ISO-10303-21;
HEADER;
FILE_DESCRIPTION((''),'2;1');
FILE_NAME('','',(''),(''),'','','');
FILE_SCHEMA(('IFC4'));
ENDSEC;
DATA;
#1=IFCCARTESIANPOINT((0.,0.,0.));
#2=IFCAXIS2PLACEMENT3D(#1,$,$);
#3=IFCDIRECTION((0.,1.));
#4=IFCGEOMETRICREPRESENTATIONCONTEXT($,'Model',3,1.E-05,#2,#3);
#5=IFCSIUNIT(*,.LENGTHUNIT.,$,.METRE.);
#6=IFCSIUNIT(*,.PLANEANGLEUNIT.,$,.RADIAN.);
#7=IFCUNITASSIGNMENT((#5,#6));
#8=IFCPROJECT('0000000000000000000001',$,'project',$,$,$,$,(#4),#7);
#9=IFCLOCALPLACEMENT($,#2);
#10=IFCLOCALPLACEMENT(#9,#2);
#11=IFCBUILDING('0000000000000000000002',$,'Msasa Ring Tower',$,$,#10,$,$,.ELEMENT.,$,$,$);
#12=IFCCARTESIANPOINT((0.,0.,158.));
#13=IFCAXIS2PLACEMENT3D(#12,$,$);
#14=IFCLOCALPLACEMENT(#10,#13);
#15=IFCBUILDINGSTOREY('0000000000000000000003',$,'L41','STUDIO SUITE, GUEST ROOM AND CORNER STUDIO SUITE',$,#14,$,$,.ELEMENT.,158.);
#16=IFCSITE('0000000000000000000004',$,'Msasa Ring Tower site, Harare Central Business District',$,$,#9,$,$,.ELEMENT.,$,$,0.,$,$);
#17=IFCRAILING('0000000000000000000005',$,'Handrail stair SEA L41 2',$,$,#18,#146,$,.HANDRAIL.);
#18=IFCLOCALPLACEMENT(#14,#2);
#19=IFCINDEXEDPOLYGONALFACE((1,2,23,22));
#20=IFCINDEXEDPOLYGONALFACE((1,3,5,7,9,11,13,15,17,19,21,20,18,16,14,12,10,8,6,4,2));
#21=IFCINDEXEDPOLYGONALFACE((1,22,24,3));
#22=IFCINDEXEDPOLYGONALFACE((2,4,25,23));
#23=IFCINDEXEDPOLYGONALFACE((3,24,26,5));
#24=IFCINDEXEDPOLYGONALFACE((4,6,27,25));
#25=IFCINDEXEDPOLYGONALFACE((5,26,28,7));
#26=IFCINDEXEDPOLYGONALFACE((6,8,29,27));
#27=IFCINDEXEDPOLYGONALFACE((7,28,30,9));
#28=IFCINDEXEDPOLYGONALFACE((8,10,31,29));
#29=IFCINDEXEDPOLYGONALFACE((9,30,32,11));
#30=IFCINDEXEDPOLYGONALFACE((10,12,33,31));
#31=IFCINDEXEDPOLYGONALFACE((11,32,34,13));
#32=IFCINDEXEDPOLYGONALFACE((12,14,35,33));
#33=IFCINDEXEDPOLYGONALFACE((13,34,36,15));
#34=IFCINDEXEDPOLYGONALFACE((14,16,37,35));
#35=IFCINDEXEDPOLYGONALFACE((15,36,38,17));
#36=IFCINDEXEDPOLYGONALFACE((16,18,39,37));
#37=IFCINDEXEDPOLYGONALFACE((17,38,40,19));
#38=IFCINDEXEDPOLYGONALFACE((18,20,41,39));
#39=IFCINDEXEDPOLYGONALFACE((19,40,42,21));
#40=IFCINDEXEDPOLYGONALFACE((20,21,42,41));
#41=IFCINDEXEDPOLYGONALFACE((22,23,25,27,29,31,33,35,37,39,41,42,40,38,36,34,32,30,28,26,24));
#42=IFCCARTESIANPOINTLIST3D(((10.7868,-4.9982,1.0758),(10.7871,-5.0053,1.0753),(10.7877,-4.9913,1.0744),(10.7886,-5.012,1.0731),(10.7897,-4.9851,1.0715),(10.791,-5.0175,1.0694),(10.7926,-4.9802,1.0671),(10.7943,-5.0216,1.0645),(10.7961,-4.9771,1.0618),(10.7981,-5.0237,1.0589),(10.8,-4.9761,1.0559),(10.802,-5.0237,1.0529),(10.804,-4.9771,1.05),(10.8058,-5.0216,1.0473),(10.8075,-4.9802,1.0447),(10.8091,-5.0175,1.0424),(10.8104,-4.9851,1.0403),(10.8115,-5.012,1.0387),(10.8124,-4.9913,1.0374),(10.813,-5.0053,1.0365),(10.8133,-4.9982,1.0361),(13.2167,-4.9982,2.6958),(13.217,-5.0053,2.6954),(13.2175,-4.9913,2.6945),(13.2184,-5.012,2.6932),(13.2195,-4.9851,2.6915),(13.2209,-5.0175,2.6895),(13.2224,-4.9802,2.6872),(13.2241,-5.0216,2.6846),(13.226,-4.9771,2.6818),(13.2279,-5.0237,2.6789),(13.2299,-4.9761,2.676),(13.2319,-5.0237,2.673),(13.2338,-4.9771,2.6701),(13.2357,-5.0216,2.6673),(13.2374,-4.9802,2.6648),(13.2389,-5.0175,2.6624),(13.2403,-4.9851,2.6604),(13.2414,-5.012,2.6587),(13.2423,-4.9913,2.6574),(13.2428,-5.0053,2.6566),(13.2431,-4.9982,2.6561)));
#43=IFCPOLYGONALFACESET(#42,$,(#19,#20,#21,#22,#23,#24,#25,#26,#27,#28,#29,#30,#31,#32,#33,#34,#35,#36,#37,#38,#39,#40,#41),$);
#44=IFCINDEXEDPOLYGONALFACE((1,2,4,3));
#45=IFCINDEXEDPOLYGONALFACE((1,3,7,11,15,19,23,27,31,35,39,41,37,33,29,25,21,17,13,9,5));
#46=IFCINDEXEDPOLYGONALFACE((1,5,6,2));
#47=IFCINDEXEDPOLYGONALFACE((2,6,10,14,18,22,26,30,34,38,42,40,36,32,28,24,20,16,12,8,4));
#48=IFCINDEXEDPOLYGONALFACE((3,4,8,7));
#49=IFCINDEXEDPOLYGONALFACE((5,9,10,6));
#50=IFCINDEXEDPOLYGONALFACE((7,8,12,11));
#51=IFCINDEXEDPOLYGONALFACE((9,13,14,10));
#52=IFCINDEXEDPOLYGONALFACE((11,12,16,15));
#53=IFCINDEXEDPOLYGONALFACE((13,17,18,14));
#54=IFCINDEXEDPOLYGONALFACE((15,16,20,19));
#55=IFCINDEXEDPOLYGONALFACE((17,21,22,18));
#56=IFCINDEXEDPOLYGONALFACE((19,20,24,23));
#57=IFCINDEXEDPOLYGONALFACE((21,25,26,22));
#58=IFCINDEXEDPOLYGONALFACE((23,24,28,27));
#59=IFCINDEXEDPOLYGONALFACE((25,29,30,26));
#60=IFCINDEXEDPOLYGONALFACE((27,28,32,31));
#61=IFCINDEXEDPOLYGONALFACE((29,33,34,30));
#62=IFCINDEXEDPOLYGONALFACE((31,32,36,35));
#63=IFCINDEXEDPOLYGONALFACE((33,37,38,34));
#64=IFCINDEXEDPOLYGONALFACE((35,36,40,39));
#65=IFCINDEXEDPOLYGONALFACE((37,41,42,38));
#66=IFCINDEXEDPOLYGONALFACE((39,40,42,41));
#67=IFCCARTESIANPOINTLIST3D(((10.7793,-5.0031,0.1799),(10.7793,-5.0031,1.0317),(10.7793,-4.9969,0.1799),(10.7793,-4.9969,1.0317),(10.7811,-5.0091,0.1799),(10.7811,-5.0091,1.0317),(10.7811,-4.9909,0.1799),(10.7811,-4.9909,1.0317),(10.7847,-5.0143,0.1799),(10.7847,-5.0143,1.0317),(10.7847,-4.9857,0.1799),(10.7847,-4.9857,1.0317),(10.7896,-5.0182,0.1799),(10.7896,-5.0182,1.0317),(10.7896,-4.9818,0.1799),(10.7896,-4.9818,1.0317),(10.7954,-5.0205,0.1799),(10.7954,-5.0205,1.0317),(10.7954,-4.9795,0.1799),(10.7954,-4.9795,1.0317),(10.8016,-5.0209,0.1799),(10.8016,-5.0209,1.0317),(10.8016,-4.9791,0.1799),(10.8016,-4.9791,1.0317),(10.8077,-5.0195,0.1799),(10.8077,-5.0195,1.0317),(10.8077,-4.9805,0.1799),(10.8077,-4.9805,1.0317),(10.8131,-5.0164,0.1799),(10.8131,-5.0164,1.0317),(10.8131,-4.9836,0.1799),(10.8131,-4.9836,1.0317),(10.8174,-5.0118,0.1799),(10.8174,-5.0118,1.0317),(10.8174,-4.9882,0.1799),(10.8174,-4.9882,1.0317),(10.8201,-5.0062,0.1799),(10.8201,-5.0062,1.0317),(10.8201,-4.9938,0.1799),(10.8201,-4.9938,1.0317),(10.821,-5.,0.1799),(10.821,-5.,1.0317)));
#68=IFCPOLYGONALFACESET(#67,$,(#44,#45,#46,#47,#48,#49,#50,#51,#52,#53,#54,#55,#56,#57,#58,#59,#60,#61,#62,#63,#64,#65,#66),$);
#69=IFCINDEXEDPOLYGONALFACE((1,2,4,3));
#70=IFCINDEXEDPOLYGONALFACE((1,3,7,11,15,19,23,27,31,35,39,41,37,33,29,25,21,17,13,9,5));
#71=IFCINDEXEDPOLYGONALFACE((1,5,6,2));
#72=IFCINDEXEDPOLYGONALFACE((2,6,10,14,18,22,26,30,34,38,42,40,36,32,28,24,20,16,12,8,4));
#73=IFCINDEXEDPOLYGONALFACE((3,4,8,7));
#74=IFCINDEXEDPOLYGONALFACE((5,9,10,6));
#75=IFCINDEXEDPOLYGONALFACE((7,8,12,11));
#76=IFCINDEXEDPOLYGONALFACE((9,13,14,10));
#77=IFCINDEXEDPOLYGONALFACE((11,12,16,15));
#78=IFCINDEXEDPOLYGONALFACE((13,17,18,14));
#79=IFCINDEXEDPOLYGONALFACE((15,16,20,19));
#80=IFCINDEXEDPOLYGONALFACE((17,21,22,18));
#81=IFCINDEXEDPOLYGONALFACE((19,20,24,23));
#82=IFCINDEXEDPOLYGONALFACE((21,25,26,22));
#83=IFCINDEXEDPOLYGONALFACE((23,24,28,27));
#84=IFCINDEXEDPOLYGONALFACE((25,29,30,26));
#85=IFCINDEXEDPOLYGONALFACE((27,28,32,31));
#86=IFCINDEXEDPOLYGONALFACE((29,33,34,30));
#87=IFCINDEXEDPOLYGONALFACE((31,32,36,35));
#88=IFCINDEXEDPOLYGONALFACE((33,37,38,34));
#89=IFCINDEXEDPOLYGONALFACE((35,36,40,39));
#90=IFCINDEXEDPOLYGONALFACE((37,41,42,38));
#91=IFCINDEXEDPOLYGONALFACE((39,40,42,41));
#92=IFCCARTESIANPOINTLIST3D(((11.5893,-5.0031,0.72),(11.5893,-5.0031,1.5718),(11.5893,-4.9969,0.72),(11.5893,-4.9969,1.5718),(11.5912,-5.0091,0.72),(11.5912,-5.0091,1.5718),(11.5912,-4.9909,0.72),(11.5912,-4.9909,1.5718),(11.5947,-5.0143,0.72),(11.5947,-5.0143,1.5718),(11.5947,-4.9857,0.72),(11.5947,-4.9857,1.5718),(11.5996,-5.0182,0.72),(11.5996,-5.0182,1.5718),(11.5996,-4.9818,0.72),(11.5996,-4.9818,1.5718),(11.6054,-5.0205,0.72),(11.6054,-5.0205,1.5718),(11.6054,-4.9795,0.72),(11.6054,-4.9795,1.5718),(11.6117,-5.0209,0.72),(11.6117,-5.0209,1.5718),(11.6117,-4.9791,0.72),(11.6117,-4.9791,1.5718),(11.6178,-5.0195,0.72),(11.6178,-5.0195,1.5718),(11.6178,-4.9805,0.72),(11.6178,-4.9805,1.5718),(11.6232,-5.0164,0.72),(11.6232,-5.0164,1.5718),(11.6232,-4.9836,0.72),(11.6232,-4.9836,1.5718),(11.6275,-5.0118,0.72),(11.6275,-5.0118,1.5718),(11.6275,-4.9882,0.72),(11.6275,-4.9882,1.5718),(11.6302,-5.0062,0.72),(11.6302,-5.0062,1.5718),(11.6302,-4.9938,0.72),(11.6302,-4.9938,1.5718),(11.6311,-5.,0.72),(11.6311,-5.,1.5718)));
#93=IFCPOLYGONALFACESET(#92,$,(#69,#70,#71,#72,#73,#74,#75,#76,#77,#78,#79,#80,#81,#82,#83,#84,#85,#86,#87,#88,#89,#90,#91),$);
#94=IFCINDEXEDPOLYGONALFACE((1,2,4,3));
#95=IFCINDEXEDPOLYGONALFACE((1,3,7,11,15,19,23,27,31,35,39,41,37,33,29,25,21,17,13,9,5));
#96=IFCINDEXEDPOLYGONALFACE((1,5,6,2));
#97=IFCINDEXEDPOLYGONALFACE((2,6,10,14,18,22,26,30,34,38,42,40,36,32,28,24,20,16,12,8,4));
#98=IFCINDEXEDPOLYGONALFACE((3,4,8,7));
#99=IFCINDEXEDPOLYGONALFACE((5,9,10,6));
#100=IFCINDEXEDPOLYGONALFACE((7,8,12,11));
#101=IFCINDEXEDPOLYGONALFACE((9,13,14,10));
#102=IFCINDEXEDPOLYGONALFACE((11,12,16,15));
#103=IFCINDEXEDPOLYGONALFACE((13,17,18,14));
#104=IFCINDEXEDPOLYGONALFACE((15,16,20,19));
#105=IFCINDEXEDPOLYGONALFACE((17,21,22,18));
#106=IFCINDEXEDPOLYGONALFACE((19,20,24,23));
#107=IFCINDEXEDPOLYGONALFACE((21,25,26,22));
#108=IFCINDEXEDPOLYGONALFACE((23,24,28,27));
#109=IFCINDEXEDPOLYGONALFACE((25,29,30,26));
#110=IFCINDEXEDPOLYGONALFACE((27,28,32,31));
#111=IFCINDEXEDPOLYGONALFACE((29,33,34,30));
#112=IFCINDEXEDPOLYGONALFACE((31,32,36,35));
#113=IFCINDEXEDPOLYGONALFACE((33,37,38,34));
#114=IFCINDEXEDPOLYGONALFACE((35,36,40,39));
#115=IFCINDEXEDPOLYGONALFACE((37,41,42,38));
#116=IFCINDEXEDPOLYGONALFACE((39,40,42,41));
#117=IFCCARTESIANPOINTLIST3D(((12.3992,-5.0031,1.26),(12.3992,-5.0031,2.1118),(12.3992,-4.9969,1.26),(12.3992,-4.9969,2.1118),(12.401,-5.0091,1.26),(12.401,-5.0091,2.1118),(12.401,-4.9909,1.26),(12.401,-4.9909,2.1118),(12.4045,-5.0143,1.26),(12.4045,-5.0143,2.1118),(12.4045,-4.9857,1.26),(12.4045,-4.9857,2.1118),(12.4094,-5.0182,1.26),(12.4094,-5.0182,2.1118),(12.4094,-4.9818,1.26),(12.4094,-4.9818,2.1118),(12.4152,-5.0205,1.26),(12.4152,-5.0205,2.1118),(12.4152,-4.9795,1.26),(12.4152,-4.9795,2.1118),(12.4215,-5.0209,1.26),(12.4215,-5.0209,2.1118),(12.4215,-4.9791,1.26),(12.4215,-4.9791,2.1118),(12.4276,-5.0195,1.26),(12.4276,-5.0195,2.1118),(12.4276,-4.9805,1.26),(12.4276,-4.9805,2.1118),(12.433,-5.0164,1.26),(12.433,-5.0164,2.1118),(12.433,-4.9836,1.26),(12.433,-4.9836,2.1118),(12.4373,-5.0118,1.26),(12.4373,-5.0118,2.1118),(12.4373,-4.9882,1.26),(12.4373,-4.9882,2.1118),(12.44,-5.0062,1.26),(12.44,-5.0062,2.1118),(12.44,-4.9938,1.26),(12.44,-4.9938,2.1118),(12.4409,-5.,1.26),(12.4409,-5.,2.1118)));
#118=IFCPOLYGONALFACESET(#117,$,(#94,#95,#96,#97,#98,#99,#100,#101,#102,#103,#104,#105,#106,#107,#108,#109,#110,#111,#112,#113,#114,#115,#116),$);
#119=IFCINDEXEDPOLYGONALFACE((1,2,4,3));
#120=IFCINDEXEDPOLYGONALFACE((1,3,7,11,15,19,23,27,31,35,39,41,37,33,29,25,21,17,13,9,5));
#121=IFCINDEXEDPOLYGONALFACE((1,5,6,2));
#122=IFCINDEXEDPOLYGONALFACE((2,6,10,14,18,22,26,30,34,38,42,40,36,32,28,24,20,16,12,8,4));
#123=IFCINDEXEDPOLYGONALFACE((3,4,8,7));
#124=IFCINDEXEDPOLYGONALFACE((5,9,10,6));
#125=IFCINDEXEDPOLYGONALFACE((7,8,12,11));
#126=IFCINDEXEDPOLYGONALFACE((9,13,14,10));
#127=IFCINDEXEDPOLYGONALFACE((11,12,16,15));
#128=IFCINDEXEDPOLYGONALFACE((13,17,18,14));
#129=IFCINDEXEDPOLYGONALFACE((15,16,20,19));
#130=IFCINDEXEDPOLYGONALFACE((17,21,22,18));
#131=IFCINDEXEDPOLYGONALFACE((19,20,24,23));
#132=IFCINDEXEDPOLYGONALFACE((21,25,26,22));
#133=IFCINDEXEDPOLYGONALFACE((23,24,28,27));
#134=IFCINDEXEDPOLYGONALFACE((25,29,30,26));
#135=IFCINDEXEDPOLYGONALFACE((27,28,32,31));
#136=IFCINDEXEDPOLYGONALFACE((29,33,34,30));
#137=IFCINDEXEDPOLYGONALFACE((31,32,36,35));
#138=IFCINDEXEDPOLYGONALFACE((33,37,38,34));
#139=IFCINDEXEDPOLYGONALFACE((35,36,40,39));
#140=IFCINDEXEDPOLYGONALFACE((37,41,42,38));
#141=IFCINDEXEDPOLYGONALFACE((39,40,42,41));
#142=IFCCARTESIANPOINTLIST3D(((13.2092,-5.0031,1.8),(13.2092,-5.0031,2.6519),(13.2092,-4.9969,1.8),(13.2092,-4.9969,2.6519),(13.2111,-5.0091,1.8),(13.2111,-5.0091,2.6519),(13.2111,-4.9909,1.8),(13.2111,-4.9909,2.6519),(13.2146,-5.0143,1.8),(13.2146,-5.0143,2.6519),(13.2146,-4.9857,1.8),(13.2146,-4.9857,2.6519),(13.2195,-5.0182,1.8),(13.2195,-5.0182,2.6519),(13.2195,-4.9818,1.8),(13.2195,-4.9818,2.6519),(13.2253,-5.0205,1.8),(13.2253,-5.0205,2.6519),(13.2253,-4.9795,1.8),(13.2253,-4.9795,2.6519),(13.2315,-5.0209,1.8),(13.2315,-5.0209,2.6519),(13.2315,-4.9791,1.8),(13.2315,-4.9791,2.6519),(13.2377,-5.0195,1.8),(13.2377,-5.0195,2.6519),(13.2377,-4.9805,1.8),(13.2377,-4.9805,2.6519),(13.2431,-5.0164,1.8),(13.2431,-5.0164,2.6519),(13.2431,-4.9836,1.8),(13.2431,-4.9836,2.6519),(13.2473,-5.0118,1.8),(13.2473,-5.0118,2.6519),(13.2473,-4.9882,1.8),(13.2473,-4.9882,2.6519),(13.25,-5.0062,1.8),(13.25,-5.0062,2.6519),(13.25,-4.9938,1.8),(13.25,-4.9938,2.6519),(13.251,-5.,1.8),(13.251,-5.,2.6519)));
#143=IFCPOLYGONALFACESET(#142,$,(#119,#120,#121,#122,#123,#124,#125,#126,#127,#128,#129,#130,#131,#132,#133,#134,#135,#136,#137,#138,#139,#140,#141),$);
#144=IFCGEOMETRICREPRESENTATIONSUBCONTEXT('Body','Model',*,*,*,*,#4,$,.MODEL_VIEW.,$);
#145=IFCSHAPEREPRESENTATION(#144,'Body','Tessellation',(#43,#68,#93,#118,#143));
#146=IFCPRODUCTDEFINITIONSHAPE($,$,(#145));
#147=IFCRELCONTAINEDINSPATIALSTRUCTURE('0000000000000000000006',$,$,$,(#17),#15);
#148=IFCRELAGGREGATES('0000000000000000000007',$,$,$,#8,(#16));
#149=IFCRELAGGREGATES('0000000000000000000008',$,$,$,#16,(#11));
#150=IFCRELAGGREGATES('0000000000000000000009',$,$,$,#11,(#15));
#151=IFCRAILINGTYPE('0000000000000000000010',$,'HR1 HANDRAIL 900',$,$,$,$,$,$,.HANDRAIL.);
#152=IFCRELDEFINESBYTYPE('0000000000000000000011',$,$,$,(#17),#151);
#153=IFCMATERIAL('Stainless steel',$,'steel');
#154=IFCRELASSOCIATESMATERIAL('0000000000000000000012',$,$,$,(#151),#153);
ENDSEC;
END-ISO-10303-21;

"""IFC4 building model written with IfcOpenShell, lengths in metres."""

from ifc_helpers import new_model, si_unit, direction, frame, origin, origin_2d, place, context, subcontext, project, spatial, circle, extrude, material, type_object, element, save


model = new_model("IFC4")

# Units and contexts
model_context = context("Model", 3, precision=1e-05, world=origin(), true_north=direction((0.0, 1.0)))
body_context = subcontext(model_context, "Body", "Model", "MODEL_VIEW")
ifc_project = project(units=[si_unit("LENGTHUNIT", "METRE"), si_unit("PLANEANGLEUNIT", "RADIAN")], contexts=[model_context])

# Site, building, storey
site_placement = place(None, origin())
site = spatial("IfcSite", under=ifc_project, at=site_placement, Name="Msasa Ring Tower site, Harare Central Business District", CompositionType="ELEMENT", RefElevation=0.0)
building_placement = place(site_placement, origin())
building = spatial("IfcBuilding", under=site, at=building_placement, Name="Msasa Ring Tower", CompositionType="ELEMENT")
storey_placement = place(building_placement, frame((0.0, 0.0, 158.0)))
storey = spatial("IfcBuildingStorey", under=building, at=storey_placement, Name="L41", Description="STUDIO SUITE, GUEST ROOM AND CORNER STUDIO SUITE", CompositionType="ELEMENT", Elevation=158.0)

# Railing
ifc_material_1 = material(Name="Stainless steel", Category="steel")
railing_type = type_object("IfcRailingType", Name="HR1 HANDRAIL 900", PredefinedType="HANDRAIL", material=ifc_material_1)
for number, where, name in (
    (1, (10.8, -5.0, 0.1799), "Handrail stair SEA L41 2"),
):
    element("IfcRailing", number, at=place(storey_placement, frame(where)), inside=storey, type_object=railing_type, Name=name, PredefinedType="HANDRAIL", context=body_context, shape_type="SweptSolid", body=[
        extrude(circle(Radius=0.0239, at=origin_2d()), frame((0.0, 0.0, 0.876), z_axis=(0.832025, 0.0, 0.554739), x_axis=(0.0, 1.0, 0.0)), (0.0, 0.0, 1.0), 2.9204),
        extrude(circle(Radius=0.021, at=origin_2d()), origin(), (0.0, 0.0, 1.0), 0.8518),
        extrude(circle(Radius=0.021, at=origin_2d()), frame((0.8101, 0.0, 0.54)), (0.0, 0.0, 1.0), 0.8518),
        extrude(circle(Radius=0.021, at=origin_2d()), frame((1.6199, 0.0, 1.0801)), (0.0, 0.0, 1.0), 0.8518),
        extrude(circle(Radius=0.021, at=origin_2d()), frame((2.4299, 0.0, 1.6201)), (0.0, 0.0, 1.0), 0.8518),
    ])

save(model, "model.ifc")
